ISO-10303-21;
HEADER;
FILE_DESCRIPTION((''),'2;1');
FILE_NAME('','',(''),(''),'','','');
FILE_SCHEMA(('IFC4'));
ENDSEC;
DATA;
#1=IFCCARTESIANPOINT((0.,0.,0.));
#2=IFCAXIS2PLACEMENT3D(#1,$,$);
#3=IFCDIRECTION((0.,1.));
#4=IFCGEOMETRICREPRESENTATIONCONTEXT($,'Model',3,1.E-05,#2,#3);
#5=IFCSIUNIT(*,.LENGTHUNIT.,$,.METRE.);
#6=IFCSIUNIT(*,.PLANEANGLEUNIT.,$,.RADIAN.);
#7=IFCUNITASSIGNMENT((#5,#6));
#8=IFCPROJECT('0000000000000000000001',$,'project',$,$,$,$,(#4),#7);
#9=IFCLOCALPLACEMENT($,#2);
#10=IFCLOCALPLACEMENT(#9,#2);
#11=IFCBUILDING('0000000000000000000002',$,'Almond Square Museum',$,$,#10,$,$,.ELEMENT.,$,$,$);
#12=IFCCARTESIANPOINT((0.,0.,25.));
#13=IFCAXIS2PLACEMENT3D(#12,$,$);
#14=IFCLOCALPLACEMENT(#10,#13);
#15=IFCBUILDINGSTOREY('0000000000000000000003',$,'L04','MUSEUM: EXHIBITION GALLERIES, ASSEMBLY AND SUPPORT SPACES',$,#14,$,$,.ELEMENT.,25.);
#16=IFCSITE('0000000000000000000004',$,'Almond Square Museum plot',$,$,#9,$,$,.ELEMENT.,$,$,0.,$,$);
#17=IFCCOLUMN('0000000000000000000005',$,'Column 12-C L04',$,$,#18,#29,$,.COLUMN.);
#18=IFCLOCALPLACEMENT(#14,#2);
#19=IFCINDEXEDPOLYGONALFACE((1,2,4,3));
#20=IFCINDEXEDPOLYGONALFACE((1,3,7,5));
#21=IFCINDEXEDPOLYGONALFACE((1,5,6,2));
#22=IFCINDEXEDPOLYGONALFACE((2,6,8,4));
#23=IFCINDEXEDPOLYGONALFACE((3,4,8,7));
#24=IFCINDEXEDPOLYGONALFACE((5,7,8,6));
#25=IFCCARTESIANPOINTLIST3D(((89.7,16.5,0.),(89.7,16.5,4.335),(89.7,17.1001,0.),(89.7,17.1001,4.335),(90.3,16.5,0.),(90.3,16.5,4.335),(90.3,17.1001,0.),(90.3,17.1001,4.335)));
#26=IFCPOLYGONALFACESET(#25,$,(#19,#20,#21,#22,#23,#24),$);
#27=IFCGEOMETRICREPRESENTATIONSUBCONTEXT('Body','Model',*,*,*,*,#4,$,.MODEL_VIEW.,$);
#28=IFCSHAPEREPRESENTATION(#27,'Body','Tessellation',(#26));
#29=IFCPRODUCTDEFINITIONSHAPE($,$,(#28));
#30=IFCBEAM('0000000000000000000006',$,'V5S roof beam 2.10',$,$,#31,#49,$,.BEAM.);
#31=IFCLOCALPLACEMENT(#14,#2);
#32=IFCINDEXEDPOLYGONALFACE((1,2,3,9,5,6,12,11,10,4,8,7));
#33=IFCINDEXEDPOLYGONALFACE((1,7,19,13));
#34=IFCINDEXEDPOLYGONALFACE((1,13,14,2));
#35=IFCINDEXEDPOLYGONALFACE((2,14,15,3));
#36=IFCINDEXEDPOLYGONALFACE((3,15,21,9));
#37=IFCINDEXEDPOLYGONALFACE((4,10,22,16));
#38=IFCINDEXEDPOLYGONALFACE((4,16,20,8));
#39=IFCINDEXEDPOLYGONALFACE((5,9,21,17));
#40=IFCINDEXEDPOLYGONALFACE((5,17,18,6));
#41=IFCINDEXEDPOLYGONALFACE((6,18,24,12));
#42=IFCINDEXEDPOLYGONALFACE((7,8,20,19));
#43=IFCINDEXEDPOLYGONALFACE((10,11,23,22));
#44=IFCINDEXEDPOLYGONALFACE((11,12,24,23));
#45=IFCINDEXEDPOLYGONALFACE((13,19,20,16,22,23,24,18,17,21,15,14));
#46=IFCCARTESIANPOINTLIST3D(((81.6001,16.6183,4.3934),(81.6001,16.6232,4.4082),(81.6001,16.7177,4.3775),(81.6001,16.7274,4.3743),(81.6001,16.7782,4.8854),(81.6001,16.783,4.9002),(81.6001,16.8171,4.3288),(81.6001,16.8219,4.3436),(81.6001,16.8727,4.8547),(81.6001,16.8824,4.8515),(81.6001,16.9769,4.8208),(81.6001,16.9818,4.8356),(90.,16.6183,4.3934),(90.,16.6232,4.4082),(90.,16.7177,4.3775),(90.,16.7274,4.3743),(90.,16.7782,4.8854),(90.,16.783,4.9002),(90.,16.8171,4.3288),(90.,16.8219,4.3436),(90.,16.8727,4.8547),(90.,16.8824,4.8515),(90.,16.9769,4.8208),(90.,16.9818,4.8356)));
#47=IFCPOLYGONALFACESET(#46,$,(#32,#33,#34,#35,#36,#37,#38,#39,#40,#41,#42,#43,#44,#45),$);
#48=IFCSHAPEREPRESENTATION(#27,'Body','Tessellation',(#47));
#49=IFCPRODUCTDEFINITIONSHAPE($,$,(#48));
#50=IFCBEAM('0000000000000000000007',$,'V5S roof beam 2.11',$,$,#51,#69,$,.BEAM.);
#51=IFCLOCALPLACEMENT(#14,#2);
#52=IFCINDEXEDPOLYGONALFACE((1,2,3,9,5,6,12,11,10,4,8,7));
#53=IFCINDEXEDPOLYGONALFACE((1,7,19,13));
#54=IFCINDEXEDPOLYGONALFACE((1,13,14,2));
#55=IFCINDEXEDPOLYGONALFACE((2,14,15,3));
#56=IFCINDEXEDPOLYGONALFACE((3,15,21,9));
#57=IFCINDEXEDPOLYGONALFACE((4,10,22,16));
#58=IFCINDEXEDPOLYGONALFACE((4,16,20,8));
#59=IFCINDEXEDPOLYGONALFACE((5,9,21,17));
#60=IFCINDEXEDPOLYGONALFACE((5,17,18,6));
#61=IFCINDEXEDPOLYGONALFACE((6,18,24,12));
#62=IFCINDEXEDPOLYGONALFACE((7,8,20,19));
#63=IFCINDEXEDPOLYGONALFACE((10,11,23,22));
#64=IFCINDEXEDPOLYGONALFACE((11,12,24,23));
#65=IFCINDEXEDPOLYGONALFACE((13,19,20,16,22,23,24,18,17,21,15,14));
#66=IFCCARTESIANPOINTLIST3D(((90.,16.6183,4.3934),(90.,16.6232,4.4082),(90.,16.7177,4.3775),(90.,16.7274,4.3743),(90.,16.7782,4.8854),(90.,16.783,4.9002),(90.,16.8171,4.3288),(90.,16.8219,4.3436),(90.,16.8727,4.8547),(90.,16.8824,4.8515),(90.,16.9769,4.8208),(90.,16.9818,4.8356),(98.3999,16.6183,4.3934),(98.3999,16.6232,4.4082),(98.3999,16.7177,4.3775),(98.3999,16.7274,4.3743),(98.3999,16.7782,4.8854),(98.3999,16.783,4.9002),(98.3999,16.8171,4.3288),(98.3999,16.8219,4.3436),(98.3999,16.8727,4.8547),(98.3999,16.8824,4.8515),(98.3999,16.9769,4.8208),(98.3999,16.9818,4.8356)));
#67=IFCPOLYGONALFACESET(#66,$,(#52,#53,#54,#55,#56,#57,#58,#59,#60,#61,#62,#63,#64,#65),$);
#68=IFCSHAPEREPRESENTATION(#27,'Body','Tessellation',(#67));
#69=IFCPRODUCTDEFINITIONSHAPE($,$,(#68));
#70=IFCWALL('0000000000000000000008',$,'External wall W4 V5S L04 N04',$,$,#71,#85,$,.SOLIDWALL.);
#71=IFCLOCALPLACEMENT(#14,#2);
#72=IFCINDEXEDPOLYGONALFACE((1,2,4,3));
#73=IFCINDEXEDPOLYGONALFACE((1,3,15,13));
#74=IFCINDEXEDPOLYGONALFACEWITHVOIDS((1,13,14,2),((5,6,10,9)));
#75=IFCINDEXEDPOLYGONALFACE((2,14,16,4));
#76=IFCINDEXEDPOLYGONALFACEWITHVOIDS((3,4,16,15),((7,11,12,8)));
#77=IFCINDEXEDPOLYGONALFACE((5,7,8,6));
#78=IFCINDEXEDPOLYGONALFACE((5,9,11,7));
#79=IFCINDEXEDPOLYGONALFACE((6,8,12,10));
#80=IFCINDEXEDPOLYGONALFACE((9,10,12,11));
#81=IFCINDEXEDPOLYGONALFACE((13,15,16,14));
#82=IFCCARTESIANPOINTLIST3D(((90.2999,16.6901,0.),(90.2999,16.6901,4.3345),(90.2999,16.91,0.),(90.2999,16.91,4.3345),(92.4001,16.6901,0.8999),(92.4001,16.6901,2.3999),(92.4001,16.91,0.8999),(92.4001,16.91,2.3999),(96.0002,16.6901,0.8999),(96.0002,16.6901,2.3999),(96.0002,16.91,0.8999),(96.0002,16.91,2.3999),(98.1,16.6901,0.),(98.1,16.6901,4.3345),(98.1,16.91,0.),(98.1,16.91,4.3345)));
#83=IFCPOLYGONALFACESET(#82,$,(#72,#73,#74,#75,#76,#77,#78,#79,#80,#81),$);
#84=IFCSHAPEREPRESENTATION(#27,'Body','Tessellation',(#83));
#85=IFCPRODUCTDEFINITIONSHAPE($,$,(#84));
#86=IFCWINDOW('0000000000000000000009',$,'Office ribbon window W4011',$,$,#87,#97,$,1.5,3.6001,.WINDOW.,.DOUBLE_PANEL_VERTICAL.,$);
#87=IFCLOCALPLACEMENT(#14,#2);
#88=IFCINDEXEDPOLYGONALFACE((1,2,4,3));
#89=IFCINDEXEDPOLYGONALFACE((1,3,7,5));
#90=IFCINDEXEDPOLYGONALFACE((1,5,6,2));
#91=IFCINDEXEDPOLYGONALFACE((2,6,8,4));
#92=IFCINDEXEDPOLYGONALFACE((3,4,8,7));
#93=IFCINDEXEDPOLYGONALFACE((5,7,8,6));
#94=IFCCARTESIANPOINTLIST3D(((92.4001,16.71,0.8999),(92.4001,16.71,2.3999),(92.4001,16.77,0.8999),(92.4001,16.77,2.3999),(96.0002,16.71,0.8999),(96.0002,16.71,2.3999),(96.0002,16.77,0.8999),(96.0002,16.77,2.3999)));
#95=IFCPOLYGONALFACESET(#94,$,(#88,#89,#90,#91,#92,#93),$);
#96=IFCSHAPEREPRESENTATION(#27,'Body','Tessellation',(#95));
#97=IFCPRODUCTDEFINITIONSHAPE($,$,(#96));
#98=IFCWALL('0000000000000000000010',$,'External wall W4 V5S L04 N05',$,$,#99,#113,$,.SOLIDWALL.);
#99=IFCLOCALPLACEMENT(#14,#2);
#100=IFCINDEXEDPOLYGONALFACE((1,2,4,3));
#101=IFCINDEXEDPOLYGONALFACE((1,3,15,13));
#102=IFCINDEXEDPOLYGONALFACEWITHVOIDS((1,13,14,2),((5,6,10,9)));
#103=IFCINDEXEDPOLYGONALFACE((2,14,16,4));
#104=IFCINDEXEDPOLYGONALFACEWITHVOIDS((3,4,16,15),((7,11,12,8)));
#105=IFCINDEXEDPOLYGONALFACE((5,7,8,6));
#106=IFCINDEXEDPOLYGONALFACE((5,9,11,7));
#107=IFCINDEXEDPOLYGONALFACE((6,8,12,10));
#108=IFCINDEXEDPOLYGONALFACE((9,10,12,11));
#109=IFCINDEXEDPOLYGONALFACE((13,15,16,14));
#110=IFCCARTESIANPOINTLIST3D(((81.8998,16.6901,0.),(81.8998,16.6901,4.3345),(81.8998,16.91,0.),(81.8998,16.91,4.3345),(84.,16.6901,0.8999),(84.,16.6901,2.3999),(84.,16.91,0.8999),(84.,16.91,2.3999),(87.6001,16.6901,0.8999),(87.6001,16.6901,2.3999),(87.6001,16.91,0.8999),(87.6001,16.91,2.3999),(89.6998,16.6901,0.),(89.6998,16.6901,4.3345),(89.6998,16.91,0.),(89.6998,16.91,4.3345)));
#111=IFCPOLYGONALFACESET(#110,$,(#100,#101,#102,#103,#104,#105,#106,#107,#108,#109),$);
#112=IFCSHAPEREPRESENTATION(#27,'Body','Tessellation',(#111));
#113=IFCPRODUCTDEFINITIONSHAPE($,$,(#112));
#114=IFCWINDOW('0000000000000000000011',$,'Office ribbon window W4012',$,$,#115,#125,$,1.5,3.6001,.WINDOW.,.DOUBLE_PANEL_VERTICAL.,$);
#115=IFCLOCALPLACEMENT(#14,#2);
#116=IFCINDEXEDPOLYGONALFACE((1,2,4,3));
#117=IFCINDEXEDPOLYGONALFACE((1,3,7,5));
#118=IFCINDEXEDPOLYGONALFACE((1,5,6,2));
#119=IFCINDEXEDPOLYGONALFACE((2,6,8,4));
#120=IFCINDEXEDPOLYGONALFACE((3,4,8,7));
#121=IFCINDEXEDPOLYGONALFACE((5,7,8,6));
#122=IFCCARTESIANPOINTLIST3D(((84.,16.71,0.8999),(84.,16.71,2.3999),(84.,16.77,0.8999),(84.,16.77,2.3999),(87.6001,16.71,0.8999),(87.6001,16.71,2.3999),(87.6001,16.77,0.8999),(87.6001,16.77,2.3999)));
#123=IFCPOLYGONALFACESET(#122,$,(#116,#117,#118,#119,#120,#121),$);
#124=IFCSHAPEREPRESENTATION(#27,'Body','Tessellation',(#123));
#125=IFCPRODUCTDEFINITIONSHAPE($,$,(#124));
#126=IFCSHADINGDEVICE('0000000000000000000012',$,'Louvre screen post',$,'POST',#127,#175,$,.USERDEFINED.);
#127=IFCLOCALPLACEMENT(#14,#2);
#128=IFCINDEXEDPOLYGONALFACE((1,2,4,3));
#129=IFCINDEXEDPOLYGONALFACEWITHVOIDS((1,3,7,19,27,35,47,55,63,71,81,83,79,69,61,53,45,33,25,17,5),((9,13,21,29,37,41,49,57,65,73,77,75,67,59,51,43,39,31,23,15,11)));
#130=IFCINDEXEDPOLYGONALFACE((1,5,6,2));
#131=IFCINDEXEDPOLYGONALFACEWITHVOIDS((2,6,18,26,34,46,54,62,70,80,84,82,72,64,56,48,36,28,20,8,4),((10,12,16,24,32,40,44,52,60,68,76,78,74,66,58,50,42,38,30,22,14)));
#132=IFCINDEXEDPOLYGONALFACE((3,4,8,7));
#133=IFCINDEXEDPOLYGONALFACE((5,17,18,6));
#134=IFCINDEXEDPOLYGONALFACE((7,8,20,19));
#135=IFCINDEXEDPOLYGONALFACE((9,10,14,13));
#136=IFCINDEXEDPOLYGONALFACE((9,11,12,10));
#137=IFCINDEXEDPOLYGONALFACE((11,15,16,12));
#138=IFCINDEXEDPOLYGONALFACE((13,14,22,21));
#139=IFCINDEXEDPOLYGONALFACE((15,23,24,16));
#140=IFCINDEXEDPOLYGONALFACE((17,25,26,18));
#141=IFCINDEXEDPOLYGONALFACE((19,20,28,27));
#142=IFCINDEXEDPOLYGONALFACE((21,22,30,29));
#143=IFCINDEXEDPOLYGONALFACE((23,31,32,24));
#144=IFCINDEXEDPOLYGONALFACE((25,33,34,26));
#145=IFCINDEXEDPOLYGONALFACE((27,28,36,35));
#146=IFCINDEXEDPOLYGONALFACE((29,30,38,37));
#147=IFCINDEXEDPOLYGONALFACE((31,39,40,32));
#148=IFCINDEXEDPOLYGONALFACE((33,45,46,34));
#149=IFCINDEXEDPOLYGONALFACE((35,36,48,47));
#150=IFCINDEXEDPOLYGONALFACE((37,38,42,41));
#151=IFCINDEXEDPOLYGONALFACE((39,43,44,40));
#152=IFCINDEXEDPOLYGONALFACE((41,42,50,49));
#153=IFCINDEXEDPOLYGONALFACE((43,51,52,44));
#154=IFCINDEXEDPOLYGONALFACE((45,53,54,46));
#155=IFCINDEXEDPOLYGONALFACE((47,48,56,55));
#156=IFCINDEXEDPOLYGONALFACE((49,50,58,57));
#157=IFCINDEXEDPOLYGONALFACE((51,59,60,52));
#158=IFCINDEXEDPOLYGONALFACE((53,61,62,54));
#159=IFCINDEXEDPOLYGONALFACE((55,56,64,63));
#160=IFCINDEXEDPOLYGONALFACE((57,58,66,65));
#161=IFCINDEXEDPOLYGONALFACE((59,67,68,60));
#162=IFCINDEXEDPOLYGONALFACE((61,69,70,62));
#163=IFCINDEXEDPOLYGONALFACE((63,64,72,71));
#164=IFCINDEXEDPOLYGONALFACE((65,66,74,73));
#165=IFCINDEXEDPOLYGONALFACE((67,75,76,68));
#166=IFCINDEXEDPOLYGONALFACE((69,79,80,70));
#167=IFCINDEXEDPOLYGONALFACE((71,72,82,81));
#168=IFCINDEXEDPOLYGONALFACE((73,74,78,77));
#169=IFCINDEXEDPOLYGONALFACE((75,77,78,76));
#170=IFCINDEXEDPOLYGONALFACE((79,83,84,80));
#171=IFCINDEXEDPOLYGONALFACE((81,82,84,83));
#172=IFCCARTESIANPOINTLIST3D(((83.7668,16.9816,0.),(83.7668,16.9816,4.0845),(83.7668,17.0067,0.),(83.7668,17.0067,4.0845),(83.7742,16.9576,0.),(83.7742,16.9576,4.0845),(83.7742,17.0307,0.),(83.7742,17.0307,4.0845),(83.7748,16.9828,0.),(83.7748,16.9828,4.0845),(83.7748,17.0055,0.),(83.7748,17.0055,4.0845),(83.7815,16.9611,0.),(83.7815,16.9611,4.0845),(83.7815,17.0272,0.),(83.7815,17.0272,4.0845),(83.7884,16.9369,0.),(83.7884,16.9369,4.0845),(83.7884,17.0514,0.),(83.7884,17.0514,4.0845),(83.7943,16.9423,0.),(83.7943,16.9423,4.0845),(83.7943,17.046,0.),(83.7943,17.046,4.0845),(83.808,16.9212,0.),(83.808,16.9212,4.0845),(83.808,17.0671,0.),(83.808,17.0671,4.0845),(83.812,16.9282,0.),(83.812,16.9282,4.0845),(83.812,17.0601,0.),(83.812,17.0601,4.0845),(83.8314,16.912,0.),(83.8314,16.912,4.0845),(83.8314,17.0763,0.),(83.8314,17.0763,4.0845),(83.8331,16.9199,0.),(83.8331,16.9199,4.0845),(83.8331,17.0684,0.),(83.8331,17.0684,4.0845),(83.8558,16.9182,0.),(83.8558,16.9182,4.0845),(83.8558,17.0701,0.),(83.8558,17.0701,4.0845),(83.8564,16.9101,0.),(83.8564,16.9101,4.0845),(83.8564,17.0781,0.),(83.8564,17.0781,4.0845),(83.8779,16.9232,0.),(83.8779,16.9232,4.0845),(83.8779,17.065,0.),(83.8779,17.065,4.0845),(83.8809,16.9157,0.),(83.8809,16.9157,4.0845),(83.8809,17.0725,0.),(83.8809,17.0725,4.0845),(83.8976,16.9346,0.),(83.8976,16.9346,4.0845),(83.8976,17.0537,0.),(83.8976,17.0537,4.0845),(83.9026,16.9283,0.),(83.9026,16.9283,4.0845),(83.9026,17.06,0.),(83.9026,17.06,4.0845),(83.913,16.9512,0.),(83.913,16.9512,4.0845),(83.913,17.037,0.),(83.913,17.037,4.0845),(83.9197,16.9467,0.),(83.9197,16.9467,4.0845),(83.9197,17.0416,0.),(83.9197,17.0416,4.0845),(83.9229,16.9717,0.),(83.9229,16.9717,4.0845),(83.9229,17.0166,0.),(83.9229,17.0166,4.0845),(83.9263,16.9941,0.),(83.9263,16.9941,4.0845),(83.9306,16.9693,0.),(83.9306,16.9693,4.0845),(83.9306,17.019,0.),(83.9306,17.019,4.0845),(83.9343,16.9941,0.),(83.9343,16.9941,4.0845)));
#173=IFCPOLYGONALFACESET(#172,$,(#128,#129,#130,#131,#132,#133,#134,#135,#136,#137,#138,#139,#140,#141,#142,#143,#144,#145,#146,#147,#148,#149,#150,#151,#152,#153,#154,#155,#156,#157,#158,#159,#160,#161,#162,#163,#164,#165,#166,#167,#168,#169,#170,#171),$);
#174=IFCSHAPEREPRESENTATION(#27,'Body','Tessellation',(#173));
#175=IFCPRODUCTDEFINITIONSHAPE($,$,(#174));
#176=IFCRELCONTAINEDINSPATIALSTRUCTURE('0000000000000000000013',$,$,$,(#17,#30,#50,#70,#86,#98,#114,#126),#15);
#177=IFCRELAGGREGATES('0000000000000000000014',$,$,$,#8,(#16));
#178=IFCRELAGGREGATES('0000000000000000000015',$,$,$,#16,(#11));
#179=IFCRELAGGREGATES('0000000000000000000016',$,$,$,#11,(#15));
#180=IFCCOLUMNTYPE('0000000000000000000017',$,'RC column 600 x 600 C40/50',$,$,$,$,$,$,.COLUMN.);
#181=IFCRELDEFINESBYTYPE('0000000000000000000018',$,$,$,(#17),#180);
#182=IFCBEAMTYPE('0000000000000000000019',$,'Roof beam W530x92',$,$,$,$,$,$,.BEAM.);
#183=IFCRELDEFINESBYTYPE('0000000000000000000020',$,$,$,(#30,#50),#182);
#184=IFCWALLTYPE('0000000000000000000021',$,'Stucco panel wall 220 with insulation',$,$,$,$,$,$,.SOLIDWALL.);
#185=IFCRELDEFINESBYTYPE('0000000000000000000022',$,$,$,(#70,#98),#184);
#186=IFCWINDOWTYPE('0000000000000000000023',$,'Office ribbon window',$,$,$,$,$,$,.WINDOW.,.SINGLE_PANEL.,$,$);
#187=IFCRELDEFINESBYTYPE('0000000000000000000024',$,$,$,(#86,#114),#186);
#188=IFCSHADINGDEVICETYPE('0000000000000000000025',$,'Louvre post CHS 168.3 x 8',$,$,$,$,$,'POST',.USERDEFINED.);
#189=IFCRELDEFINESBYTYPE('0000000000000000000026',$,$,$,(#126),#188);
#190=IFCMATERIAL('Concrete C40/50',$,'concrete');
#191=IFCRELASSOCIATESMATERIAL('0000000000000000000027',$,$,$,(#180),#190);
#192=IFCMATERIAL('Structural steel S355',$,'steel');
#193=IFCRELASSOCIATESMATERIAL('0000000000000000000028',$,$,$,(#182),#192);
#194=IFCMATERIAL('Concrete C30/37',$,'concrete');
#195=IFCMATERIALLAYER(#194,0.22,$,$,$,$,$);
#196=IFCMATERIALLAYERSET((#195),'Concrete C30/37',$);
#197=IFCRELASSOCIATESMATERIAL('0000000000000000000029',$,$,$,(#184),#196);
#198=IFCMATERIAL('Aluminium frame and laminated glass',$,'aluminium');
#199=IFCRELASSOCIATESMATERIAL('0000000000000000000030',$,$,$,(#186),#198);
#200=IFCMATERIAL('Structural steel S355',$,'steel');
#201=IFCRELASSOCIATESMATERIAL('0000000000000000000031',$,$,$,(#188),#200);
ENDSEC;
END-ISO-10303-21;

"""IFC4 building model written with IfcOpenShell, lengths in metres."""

from ifc_helpers import new_model, si_unit, direction, frame, frame_2d, origin, origin_2d, place, context, subcontext, project, spatial, rectangle, hollow_circle, i_section, extrude, material, layer, layer_set, material_profile, profile_set, type_object, element, fill, save


model = new_model("IFC4")

# Units and contexts
model_context = context("Model", 3, precision=1e-05, world=origin(), true_north=direction((0.0, 1.0)))
body_context = subcontext(model_context, "Body", "Model", "MODEL_VIEW")
ifc_project = project(units=[si_unit("LENGTHUNIT", "METRE"), si_unit("PLANEANGLEUNIT", "RADIAN")], contexts=[model_context])

# Site, building, storey
site_placement = place(None, origin())
site = spatial("IfcSite", under=ifc_project, at=site_placement, Name="Almond Square Museum plot", CompositionType="ELEMENT", RefElevation=0.0)
building_placement = place(site_placement, origin())
building = spatial("IfcBuilding", under=site, at=building_placement, Name="Almond Square Museum", CompositionType="ELEMENT")
storey_placement = place(building_placement, frame((0.0, 0.0, 25.0)))
storey = spatial("IfcBuildingStorey", under=building, at=storey_placement, Name="L04", Description="MUSEUM: EXHIBITION GALLERIES, ASSEMBLY AND SUPPORT SPACES", CompositionType="ELEMENT", Elevation=25.0)

# Column
ifc_material_1 = material(Name="Concrete C40/50", Category="concrete")
ifc_material_profile_1 = material_profile(ifc_material_1, rectangle(XDim=0.6001, YDim=0.6001, at=origin_2d()))
ifc_profile_set_1 = profile_set([ifc_material_profile_1], Name="Concrete C40/50")
column_type = type_object("IfcColumnType", Name="RC column 600 x 600 C40/50", PredefinedType="COLUMN", material=ifc_profile_set_1)
column_placement = place(storey_placement, frame((90.0, 16.8, 0.0), z_axis=(0.0, 0.0, 1.0), x_axis=(1.0, 0.0, 0.0)))
element("IfcColumn", 1, at=column_placement, inside=storey, type_object=column_type, Name="Column 12-C L04", PredefinedType="COLUMN", context=body_context, shape_type="SweptSolid", body=[
    extrude(rectangle(XDim=0.6001, YDim=0.6001, at=origin_2d()), origin(), (0.0, 0.0, 1.0), 4.335),
])

# Beams
ifc_material_2 = material(Name="Structural steel S355", Category="steel")
ifc_material_profile_2 = material_profile(ifc_material_2, i_section(OverallWidth=0.209, OverallDepth=0.533, WebThickness=0.0103, FlangeThickness=0.0156, at=origin_2d()))
ifc_profile_set_2 = profile_set([ifc_material_profile_2], Name="Structural steel S355")
beam_type = type_object("IfcBeamType", Name="Roof beam W530x92", PredefinedType="BEAM", material=ifc_profile_set_2)
for number, where, z_axis, x_axis, name in (
    (2, (81.6001, 16.8, 4.6145), (1.0, 0.0, 0.0), (0.0, 0.951057, -0.309017), "V5S roof beam 2.10"),
    (3, (90.0, 16.8, 4.6145), (1.0, 0.0, 0.0), (0.0, 0.951057, -0.309017), "V5S roof beam 2.11"),
):
    element("IfcBeam", number, at=place(storey_placement, frame(where, z_axis=z_axis, x_axis=x_axis)), inside=storey, type_object=beam_type, Name=name, PredefinedType="BEAM", context=body_context, shape_type="SweptSolid", body=[
        extrude(i_section(OverallWidth=0.209, OverallDepth=0.533, WebThickness=0.0103, FlangeThickness=0.0156, at=origin_2d()), origin(), (0.0, 0.0, 1.0), 8.3999),
    ])

# Walls, openings, windows
ifc_material_3 = material(Name="Concrete C30/37", Category="concrete")
ifc_layer = layer(ifc_material_3, 0.22)
ifc_layer_set = layer_set([ifc_layer], Name="Concrete C30/37")
wall_type = type_object("IfcWallType", Name="Stucco panel wall 220 with insulation", PredefinedType="SOLIDWALL", material=ifc_layer_set)
wall_1_placement = place(storey_placement, frame((90.3, 16.8, 0.0), z_axis=(0.0, 0.0, 1.0), x_axis=(1.0, 0.0, 0.0)))
wall_1 = element("IfcWall", 4, at=wall_1_placement, inside=storey, type_object=wall_type, Name="External wall W4 V5S L04 N04", PredefinedType="SOLIDWALL", context=body_context, shape_type="SweptSolid", body=[
    extrude(rectangle(XDim=7.8, YDim=0.22, at=frame_2d((3.8999, 0.0))), origin(), (0.0, 0.0, 1.0), 4.3345),
])
opening_1_placement = place(wall_1_placement, frame((2.1001, 0.0, 0.8999)))
opening_1 = element("IfcOpeningElement", 5, at=opening_1_placement, cuts=wall_1, PredefinedType="OPENING", context=body_context, shape_type="SweptSolid", body=[
    extrude(rectangle(XDim=3.6001, YDim=1.5, at=frame_2d((1.8, 0.75))), frame((0.0, 0.1199, 0.0), z_axis=(0.0, -1.0, 0.0), x_axis=(1.0, 0.0, 0.0)), (0.0, 0.0, 1.0), 0.24),
])
ifc_material_4 = material(Name="Aluminium frame and laminated glass", Category="aluminium")
window_type = type_object("IfcWindowType", Name="Office ribbon window", PartitioningType="SINGLE_PANEL", PredefinedType="WINDOW", material=ifc_material_4)
window_1_placement = place(opening_1_placement, origin())
window_1 = element("IfcWindow", 6, at=window_1_placement, inside=storey, type_object=window_type, Name="Office ribbon window W4011", OverallHeight=1.5, OverallWidth=3.6001, PartitioningType="DOUBLE_PANEL_VERTICAL", PredefinedType="WINDOW", context=body_context, shape_type="SweptSolid", body=[
    extrude(rectangle(XDim=3.6001, YDim=1.5, at=frame_2d((1.8, 0.75))), frame((0.0, -0.03, 0.0), z_axis=(0.0, -1.0, 0.0), x_axis=(1.0, 0.0, 0.0)), (0.0, 0.0, 1.0), 0.0601),
])
fill(opening_1, window_1)
wall_2_placement = place(storey_placement, frame((81.8999, 16.8, 0.0), z_axis=(0.0, 0.0, 1.0), x_axis=(1.0, 0.0, 0.0)))
wall_2 = element("IfcWall", 7, at=wall_2_placement, inside=storey, type_object=wall_type, Name="External wall W4 V5S L04 N05", PredefinedType="SOLIDWALL", context=body_context, shape_type="SweptSolid", body=[
    extrude(rectangle(XDim=7.8, YDim=0.22, at=frame_2d((3.8999, 0.0))), origin(), (0.0, 0.0, 1.0), 4.3345),
])
opening_2_placement = place(wall_2_placement, frame((2.1001, 0.0, 0.8999)))
opening_2 = element("IfcOpeningElement", 8, at=opening_2_placement, cuts=wall_2, PredefinedType="OPENING", context=body_context, shape_type="SweptSolid", body=[
    extrude(rectangle(XDim=3.6001, YDim=1.5, at=frame_2d((1.8, 0.75))), frame((0.0, 0.1199, 0.0), z_axis=(0.0, -1.0, 0.0), x_axis=(1.0, 0.0, 0.0)), (0.0, 0.0, 1.0), 0.24),
])
window_2_placement = place(opening_2_placement, origin())
window_2 = element("IfcWindow", 9, at=window_2_placement, inside=storey, type_object=window_type, Name="Office ribbon window W4012", OverallHeight=1.5, OverallWidth=3.6001, PartitioningType="DOUBLE_PANEL_VERTICAL", PredefinedType="WINDOW", context=body_context, shape_type="SweptSolid", body=[
    extrude(rectangle(XDim=3.6001, YDim=1.5, at=frame_2d((1.8, 0.75))), frame((0.0, -0.03, 0.0), z_axis=(0.0, -1.0, 0.0), x_axis=(1.0, 0.0, 0.0)), (0.0, 0.0, 1.0), 0.0601),
])
fill(opening_2, window_2)

# Shading device
ifc_material_5 = material(Name="Structural steel S355", Category="steel")
ifc_material_profile_3 = material_profile(ifc_material_5, hollow_circle(Radius=0.0842, WallThickness=0.0081, at=origin_2d()))
ifc_profile_set_3 = profile_set([ifc_material_profile_3], Name="Structural steel S355")
shading_device_type_1 = type_object("IfcShadingDeviceType", Name="Louvre post CHS 168.3 x 8", ElementType="POST", PredefinedType="USERDEFINED", material=ifc_profile_set_3)
for number, where, z_axis, x_axis, name in (
    (10, (83.8501, 16.9941, 0.0), (0.0, 0.0, 1.0), (1.0, 0.0, 0.0), "Louvre screen post"),
):
    element("IfcShadingDevice", number, at=place(storey_placement, frame(where, z_axis=z_axis, x_axis=x_axis)), inside=storey, type_object=shading_device_type_1, Name=name, ObjectType="POST", PredefinedType="USERDEFINED", context=body_context, shape_type="SweptSolid", body=[
        extrude(hollow_circle(Radius=0.0842, WallThickness=0.0081, at=origin_2d()), origin(), (0.0, 0.0, 1.0), 4.0845),
    ])

save(model, "model.ifc")
